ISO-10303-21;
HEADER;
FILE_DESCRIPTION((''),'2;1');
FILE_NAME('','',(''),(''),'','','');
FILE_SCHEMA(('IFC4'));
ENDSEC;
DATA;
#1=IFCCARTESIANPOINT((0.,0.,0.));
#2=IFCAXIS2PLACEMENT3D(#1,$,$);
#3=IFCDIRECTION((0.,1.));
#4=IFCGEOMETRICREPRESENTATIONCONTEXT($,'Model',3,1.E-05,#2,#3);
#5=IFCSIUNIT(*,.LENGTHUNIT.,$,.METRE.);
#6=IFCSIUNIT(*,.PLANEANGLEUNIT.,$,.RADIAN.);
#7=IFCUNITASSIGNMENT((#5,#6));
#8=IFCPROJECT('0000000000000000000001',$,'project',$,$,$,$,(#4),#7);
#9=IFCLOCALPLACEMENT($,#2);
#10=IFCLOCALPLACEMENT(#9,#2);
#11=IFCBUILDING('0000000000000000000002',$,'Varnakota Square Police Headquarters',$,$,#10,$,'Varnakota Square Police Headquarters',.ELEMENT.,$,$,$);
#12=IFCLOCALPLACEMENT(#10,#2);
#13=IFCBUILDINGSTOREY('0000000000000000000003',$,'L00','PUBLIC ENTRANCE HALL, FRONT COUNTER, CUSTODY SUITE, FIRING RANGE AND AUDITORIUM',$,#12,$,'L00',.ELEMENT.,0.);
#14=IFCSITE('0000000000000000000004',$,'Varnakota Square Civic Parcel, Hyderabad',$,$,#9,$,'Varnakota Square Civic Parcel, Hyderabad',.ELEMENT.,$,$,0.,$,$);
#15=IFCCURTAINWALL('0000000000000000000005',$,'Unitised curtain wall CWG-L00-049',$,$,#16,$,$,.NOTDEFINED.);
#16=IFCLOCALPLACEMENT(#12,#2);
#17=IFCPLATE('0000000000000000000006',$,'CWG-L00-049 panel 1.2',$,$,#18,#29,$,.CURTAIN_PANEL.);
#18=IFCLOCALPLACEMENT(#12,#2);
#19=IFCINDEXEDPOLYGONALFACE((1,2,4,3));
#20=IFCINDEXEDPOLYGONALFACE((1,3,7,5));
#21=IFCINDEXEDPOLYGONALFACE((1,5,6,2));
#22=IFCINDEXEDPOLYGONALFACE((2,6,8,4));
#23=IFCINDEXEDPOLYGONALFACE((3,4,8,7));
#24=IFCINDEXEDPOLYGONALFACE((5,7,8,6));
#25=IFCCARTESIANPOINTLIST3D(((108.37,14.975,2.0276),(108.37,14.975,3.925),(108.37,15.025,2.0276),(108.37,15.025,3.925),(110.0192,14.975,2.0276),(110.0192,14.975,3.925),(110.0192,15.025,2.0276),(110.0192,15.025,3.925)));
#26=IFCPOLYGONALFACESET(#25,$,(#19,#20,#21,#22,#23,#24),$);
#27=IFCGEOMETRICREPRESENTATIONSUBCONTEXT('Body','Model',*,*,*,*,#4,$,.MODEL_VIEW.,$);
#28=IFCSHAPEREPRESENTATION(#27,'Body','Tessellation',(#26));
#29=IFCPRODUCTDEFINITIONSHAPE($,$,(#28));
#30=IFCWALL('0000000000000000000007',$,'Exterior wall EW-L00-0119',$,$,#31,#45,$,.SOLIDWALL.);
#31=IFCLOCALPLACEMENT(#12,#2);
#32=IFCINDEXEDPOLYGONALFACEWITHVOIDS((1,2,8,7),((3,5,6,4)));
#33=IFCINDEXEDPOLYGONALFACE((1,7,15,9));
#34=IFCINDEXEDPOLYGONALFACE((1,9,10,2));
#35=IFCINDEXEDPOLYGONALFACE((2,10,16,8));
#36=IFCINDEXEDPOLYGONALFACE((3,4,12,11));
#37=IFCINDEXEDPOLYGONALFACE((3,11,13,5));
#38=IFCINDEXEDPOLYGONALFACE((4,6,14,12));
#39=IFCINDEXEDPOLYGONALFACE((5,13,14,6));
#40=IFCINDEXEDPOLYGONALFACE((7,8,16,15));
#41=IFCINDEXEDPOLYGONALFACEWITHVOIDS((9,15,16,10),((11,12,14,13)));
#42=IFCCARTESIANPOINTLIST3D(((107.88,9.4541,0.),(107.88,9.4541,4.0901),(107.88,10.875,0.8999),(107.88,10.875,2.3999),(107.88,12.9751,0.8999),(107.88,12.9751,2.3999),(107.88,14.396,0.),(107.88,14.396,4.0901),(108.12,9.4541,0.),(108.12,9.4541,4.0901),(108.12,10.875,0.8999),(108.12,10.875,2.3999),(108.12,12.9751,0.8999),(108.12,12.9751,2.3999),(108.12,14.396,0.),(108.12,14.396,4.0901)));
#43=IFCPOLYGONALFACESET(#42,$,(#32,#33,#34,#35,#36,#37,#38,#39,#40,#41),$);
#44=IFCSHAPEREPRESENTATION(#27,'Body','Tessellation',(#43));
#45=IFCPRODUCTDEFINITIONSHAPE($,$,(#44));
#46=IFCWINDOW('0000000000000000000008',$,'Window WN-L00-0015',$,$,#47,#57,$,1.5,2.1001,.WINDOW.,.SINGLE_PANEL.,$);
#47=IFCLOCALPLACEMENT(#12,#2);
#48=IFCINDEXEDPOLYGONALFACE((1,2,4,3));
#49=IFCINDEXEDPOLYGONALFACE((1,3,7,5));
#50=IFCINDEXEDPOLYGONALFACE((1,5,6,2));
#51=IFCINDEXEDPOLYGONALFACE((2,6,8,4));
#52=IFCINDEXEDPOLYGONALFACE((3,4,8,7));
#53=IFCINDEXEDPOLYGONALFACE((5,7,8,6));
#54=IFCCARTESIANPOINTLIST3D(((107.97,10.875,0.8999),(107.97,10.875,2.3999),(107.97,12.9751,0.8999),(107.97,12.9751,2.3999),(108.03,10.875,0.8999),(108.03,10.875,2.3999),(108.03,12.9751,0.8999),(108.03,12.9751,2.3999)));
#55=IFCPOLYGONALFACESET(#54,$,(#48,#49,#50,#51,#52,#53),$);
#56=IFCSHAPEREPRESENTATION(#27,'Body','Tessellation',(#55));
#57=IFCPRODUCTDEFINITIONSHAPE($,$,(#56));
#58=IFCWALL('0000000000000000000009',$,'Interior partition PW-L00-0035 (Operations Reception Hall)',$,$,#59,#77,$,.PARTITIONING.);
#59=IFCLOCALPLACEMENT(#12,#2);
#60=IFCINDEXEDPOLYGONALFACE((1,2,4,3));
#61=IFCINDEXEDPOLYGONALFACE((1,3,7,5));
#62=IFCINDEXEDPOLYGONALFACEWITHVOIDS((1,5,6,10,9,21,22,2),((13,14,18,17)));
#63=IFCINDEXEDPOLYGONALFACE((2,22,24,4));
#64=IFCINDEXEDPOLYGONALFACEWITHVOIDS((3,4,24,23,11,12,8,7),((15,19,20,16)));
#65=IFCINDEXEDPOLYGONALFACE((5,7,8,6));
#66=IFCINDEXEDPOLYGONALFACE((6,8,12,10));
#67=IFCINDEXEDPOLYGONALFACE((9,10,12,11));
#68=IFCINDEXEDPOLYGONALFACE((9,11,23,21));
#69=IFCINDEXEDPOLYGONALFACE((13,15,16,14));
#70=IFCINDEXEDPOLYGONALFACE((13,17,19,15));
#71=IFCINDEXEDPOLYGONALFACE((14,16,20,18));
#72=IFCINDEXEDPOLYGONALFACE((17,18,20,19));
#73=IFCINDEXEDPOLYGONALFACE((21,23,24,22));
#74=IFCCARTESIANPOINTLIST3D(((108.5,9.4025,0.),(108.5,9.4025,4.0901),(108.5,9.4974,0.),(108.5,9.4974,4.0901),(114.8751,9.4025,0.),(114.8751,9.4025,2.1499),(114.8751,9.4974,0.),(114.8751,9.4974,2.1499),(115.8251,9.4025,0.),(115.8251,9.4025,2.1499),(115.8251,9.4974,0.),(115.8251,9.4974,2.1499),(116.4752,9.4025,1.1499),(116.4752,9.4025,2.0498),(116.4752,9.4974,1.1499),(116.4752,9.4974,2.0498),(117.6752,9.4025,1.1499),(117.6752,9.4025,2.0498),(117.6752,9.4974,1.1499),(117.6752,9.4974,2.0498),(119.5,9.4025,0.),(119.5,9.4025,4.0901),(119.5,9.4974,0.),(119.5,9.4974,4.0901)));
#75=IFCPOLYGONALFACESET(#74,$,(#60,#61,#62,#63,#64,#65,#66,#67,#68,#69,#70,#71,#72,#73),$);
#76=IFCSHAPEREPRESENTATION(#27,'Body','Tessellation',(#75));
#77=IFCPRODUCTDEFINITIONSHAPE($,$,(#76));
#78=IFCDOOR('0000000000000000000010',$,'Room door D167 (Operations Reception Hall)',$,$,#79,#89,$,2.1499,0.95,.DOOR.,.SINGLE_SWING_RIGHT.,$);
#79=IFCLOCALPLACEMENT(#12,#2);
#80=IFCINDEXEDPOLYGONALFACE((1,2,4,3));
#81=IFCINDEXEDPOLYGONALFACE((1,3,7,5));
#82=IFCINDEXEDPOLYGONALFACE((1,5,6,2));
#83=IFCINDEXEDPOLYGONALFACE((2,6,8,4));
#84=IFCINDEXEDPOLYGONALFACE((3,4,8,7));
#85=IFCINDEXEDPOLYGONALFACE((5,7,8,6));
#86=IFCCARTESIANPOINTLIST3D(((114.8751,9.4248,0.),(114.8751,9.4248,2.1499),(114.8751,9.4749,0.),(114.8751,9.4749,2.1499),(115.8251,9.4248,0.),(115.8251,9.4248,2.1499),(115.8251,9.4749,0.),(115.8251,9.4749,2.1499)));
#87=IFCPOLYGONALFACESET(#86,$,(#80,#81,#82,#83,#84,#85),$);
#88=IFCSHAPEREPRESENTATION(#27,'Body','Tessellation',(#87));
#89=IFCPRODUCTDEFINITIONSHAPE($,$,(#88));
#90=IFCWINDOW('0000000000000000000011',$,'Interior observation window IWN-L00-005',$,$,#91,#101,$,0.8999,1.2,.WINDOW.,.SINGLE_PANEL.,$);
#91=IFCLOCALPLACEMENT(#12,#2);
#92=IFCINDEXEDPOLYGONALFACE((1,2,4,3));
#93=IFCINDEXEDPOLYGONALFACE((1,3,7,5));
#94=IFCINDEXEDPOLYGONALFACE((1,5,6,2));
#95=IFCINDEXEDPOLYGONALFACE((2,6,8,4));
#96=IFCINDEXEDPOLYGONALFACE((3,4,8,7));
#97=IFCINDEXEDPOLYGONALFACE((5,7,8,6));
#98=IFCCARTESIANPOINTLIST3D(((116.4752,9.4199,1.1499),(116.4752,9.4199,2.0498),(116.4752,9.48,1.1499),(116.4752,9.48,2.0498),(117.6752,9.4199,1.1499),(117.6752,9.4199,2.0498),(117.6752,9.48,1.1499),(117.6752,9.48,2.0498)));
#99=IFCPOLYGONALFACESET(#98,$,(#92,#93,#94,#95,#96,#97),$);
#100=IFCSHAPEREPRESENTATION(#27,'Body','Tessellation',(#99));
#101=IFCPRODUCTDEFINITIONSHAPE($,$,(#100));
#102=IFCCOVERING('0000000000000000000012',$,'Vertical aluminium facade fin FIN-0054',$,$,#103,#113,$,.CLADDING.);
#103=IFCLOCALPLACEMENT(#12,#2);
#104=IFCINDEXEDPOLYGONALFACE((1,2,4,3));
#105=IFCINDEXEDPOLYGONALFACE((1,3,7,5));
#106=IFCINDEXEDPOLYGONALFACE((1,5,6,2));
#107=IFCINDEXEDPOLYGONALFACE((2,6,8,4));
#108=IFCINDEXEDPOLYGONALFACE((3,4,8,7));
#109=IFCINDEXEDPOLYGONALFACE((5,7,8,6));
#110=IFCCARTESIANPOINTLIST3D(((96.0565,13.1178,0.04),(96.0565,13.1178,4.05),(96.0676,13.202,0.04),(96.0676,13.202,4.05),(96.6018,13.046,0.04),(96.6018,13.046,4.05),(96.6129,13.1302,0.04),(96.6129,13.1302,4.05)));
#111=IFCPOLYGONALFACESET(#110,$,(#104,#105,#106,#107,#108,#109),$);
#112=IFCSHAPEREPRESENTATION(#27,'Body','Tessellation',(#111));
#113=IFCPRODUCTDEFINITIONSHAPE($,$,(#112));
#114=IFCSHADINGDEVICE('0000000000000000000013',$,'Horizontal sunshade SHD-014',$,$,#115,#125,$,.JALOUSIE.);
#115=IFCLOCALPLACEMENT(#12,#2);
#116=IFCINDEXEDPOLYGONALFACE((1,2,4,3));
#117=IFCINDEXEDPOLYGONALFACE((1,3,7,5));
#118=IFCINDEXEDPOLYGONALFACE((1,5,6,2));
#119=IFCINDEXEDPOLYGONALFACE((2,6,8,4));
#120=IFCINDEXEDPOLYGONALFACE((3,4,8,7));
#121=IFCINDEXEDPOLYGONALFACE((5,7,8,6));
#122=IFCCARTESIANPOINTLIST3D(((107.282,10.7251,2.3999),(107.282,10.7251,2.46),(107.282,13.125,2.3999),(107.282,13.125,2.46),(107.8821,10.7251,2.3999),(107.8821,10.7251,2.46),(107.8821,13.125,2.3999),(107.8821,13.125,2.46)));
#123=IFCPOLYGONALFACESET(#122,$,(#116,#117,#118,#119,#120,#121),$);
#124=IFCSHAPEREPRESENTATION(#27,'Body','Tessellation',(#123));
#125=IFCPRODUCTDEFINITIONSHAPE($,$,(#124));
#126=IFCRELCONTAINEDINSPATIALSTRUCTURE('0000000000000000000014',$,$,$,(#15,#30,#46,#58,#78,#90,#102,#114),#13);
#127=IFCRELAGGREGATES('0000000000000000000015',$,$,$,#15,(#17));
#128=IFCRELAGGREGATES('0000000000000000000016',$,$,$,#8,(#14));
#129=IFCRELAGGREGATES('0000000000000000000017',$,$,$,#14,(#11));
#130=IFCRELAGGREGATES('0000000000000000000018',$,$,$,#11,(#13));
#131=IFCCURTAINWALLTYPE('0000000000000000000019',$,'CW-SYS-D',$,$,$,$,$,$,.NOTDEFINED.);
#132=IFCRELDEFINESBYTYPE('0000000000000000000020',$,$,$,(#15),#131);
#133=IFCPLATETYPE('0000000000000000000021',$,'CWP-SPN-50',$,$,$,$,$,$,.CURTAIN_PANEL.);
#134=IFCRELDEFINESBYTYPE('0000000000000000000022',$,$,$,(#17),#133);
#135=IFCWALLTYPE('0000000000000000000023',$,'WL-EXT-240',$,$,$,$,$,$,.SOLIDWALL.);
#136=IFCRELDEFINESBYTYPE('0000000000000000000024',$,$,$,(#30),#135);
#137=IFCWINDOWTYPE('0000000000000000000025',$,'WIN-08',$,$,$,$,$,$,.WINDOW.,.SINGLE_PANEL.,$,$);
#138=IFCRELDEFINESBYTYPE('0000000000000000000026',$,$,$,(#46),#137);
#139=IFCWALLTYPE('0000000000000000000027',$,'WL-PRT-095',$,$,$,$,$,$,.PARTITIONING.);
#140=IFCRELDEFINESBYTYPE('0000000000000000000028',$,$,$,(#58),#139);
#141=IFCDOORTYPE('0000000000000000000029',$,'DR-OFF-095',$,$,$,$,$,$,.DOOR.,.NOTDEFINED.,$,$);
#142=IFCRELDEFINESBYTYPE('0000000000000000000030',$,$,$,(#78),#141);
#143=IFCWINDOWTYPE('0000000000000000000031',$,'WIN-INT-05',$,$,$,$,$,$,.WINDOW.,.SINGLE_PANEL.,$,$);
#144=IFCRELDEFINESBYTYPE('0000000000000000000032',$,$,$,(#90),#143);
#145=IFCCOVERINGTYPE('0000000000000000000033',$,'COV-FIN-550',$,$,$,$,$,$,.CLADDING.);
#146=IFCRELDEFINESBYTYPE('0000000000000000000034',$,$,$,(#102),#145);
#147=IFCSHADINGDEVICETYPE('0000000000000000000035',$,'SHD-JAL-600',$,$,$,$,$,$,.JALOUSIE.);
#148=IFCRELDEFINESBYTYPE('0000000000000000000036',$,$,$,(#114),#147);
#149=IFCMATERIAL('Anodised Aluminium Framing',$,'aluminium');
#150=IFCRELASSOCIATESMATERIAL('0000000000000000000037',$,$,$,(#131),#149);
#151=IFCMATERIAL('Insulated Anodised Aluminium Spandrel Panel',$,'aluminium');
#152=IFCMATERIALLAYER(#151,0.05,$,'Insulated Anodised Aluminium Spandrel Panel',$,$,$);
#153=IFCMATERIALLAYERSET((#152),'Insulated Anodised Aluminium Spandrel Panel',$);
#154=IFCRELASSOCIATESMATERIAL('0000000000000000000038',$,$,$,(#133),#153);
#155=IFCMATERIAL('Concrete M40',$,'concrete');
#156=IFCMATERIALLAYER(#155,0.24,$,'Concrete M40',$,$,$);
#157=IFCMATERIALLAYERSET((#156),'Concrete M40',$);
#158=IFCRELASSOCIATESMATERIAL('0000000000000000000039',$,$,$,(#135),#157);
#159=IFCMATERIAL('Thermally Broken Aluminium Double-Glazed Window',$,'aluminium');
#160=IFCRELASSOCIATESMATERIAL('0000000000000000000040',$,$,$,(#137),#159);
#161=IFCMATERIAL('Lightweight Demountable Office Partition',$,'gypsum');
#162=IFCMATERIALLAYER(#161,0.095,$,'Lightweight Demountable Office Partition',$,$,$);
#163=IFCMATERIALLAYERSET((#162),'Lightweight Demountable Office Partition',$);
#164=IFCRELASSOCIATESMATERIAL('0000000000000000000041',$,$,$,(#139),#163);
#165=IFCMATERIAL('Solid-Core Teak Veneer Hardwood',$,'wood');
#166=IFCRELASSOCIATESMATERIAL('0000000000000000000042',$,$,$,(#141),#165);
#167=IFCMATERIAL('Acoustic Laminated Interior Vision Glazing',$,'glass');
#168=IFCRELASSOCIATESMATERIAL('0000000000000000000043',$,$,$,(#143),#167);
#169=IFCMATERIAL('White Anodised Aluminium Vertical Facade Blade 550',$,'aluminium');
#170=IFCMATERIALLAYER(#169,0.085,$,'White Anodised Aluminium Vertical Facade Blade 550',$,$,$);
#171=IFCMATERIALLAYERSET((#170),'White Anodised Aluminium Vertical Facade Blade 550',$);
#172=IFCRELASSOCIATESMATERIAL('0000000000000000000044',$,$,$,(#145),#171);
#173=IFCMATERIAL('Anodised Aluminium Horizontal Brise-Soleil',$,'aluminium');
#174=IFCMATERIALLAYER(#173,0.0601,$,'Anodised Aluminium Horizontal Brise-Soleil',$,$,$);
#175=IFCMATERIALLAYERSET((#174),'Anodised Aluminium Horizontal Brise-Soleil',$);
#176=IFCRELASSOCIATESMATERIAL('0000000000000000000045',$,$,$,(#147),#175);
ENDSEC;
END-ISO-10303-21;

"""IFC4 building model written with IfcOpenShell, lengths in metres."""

from ifc_helpers import new_model, si_unit, direction, frame, frame_2d, origin, origin_2d, place, context, subcontext, project, spatial, rectangle, extrude, material, layer, layer_set, type_object, element, fill, aggregate, save


model = new_model("IFC4")

# Units and contexts
model_context = context("Model", 3, precision=1e-05, world=origin(), true_north=direction((0.0, 1.0)))
body_context = subcontext(model_context, "Body", "Model", "MODEL_VIEW")
ifc_project = project(units=[si_unit("LENGTHUNIT", "METRE"), si_unit("PLANEANGLEUNIT", "RADIAN")], contexts=[model_context])

# Site, building, storey
site_placement = place(None, origin())
site = spatial("IfcSite", under=ifc_project, at=site_placement, Name="Varnakota Square Civic Parcel, Hyderabad", LongName="Varnakota Square Civic Parcel, Hyderabad", CompositionType="ELEMENT", RefElevation=0.0)
building_placement = place(site_placement, origin())
building = spatial("IfcBuilding", under=site, at=building_placement, Name="Varnakota Square Police Headquarters", LongName="Varnakota Square Police Headquarters", CompositionType="ELEMENT")
storey_placement = place(building_placement, origin())
storey = spatial("IfcBuildingStorey", under=building, at=storey_placement, Name="L00", Description="PUBLIC ENTRANCE HALL, FRONT COUNTER, CUSTODY SUITE, FIRING RANGE AND AUDITORIUM", LongName="L00", CompositionType="ELEMENT", Elevation=0.0)

# Shared definitions
ifc_material_1 = material(Name="Concrete M40", Category="concrete")

# Curtain wall, plate
ifc_material_2 = material(Name="Anodised Aluminium Framing", Category="aluminium")
curtain_wall_type = type_object("IfcCurtainWallType", Name="CW-SYS-D", PredefinedType="NOTDEFINED", material=ifc_material_2)
curtain_wall_placement = place(storey_placement, origin())
curtain_wall = element("IfcCurtainWall", 1, at=curtain_wall_placement, inside=storey, type_object=curtain_wall_type, Name="Unitised curtain wall CWG-L00-049", PredefinedType="NOTDEFINED")
ifc_material_3 = material(Name="Insulated Anodised Aluminium Spandrel Panel", Category="aluminium")
ifc_layer_1 = layer(ifc_material_3, 0.05, Name="Insulated Anodised Aluminium Spandrel Panel")
ifc_layer_set_1 = layer_set([ifc_layer_1], Name="Insulated Anodised Aluminium Spandrel Panel")
plate_type_1 = type_object("IfcPlateType", Name="CWP-SPN-50", PredefinedType="CURTAIN_PANEL", material=ifc_layer_set_1)
plate_1_placement = place(storey_placement, frame((109.1946, 15.0, 2.0276), z_axis=(0.0, 0.0, 1.0), x_axis=(1.0, 0.0, 0.0)))
plate_1 = element("IfcPlate", 2, at=plate_1_placement, type_object=plate_type_1, Name="CWG-L00-049 panel 1.2", PredefinedType="CURTAIN_PANEL", context=body_context, shape_type="SweptSolid", body=[
    extrude(rectangle(XDim=1.6492, YDim=0.05, at=origin_2d()), origin(), (0.0, 0.0, 1.0), 1.8975),
])
aggregate(curtain_wall, [plate_1])

# Wall, opening, window
ifc_layer_2 = layer(ifc_material_1, 0.24, Name="Concrete M40")
ifc_layer_set_2 = layer_set([ifc_layer_2], Name="Concrete M40")
wall_type_1 = type_object("IfcWallType", Name="WL-EXT-240", PredefinedType="SOLIDWALL", material=ifc_layer_set_2)
wall_1_placement = place(storey_placement, frame((108.0, 9.4541, 0.0), z_axis=(0.0, 0.0, 1.0), x_axis=(0.0, 1.0, 0.0)))
wall_1 = element("IfcWall", 3, at=wall_1_placement, inside=storey, type_object=wall_type_1, Name="Exterior wall EW-L00-0119", PredefinedType="SOLIDWALL", context=body_context, shape_type="SweptSolid", body=[
    extrude(rectangle(XDim=4.9419, YDim=0.24, at=frame_2d((2.4709, 0.0))), origin(), (0.0, 0.0, 1.0), 4.0901),
])
opening_1_placement = place(wall_1_placement, frame((1.4209, 0.0, 0.8999)))
opening_1 = element("IfcOpeningElement", 4, at=opening_1_placement, cuts=wall_1, PredefinedType="OPENING", context=body_context, shape_type="SweptSolid", body=[
    extrude(rectangle(XDim=2.1001, YDim=1.5, at=frame_2d((1.05, 0.75))), frame((0.0, 0.1299, 0.0), z_axis=(0.0, -1.0, 0.0), x_axis=(1.0, 0.0, 0.0)), (0.0, 0.0, 1.0), 0.26),
])
ifc_material_4 = material(Name="Thermally Broken Aluminium Double-Glazed Window", Category="aluminium")
window_type_1 = type_object("IfcWindowType", Name="WIN-08", PartitioningType="SINGLE_PANEL", PredefinedType="WINDOW", material=ifc_material_4)
window_1_placement = place(opening_1_placement, origin())
window_1 = element("IfcWindow", 5, at=window_1_placement, inside=storey, type_object=window_type_1, Name="Window WN-L00-0015", OverallHeight=1.5, OverallWidth=2.1001, PartitioningType="SINGLE_PANEL", PredefinedType="WINDOW", context=body_context, shape_type="SweptSolid", body=[
    extrude(rectangle(XDim=2.1001, YDim=1.5, at=frame_2d((1.05, 0.75))), frame((0.0, 0.03, 0.0), z_axis=(0.0, -1.0, 0.0), x_axis=(1.0, 0.0, 0.0)), (0.0, 0.0, 1.0), 0.0601),
])
fill(opening_1, window_1)

# Wall, openings, door, window
ifc_material_5 = material(Name="Lightweight Demountable Office Partition", Category="gypsum")
ifc_layer_3 = layer(ifc_material_5, 0.095, Name="Lightweight Demountable Office Partition")
ifc_layer_set_3 = layer_set([ifc_layer_3], Name="Lightweight Demountable Office Partition")
wall_type_2 = type_object("IfcWallType", Name="WL-PRT-095", PredefinedType="PARTITIONING", material=ifc_layer_set_3)
wall_2_placement = place(storey_placement, frame((108.5, 9.45, 0.0), z_axis=(0.0, 0.0, 1.0), x_axis=(1.0, 0.0, 0.0)))
wall_2 = element("IfcWall", 6, at=wall_2_placement, inside=storey, type_object=wall_type_2, Name="Interior partition PW-L00-0035 (Operations Reception Hall)", PredefinedType="PARTITIONING", context=body_context, shape_type="SweptSolid", body=[
    extrude(rectangle(XDim=11.0, YDim=0.095, at=frame_2d((5.5, 0.0))), origin(), (0.0, 0.0, 1.0), 4.0901),
])
opening_2_placement = place(wall_2_placement, frame((6.375, 0.0, 0.0)))
opening_2 = element("IfcOpeningElement", 7, at=opening_2_placement, cuts=wall_2, PredefinedType="OPENING", context=body_context, shape_type="SweptSolid", body=[
    extrude(rectangle(XDim=0.95, YDim=2.1499, at=frame_2d((0.4751, 1.075))), frame((0.0, 0.0574, 0.0), z_axis=(0.0, -1.0, 0.0), x_axis=(1.0, 0.0, 0.0)), (0.0, 0.0, 1.0), 0.115),
])
opening_3_placement = place(wall_2_placement, frame((7.9751, 0.0, 1.1499)))
opening_3 = element("IfcOpeningElement", 8, at=opening_3_placement, cuts=wall_2, PredefinedType="OPENING", context=body_context, shape_type="SweptSolid", body=[
    extrude(rectangle(XDim=1.2, YDim=0.8999, at=frame_2d((0.6001, 0.45))), frame((0.0, 0.0574, 0.0), z_axis=(0.0, -1.0, 0.0), x_axis=(1.0, 0.0, 0.0)), (0.0, 0.0, 1.0), 0.115),
])
ifc_material_6 = material(Name="Solid-Core Teak Veneer Hardwood", Category="wood")
door_type = type_object("IfcDoorType", Name="DR-OFF-095", OperationType="NOTDEFINED", PredefinedType="DOOR", material=ifc_material_6)
door_placement = place(opening_2_placement, origin())
door = element("IfcDoor", 9, at=door_placement, inside=storey, type_object=door_type, Name="Room door D167 (Operations Reception Hall)", OperationType="SINGLE_SWING_RIGHT", OverallHeight=2.1499, OverallWidth=0.95, PredefinedType="DOOR", context=body_context, shape_type="SweptSolid", body=[
    extrude(rectangle(XDim=0.95, YDim=2.1499, at=frame_2d((0.4751, 1.075))), frame((0.0, 0.0249, 0.0), z_axis=(0.0, -1.0, 0.0), x_axis=(1.0, 0.0, 0.0)), (0.0, 0.0, 1.0), 0.05),
])
fill(opening_2, door)
ifc_material_7 = material(Name="Acoustic Laminated Interior Vision Glazing", Category="glass")
window_type_2 = type_object("IfcWindowType", Name="WIN-INT-05", PartitioningType="SINGLE_PANEL", PredefinedType="WINDOW", material=ifc_material_7)
window_2_placement = place(opening_3_placement, origin())
window_2 = element("IfcWindow", 10, at=window_2_placement, inside=storey, type_object=window_type_2, Name="Interior observation window IWN-L00-005", OverallHeight=0.8999, OverallWidth=1.2, PartitioningType="SINGLE_PANEL", PredefinedType="WINDOW", context=body_context, shape_type="SweptSolid", body=[
    extrude(rectangle(XDim=1.2, YDim=0.8999, at=frame_2d((0.6001, 0.45))), frame((0.0, 0.03, 0.0), z_axis=(0.0, -1.0, 0.0), x_axis=(1.0, 0.0, 0.0)), (0.0, 0.0, 1.0), 0.0601),
])
fill(opening_3, window_2)

# Covering
ifc_material_8 = material(Name="White Anodised Aluminium Vertical Facade Blade 550", Category="aluminium")
ifc_layer_4 = layer(ifc_material_8, 0.085, Name="White Anodised Aluminium Vertical Facade Blade 550")
ifc_layer_set_4 = layer_set([ifc_layer_4], Name="White Anodised Aluminium Vertical Facade Blade 550")
covering_type = type_object("IfcCoveringType", Name="COV-FIN-550", PredefinedType="CLADDING", material=ifc_layer_set_4)
covering_placement = place(storey_placement, frame((96.3347, 13.124, 0.04), z_axis=(0.0, 0.0, 1.0), x_axis=(0.130526, 0.991445, 0.0)))
element("IfcCovering", 11, at=covering_placement, inside=storey, type_object=covering_type, Name="Vertical aluminium facade fin FIN-0054", PredefinedType="CLADDING", context=body_context, shape_type="SweptSolid", body=[
    extrude(rectangle(XDim=0.085, YDim=0.55, at=origin_2d()), origin(), (0.0, 0.0, 1.0), 4.01),
])

# Shading device
ifc_material_9 = material(Name="Anodised Aluminium Horizontal Brise-Soleil", Category="aluminium")
ifc_layer_5 = layer(ifc_material_9, 0.0601, Name="Anodised Aluminium Horizontal Brise-Soleil")
ifc_layer_set_5 = layer_set([ifc_layer_5], Name="Anodised Aluminium Horizontal Brise-Soleil")
shading_device_type = type_object("IfcShadingDeviceType", Name="SHD-JAL-600", PredefinedType="JALOUSIE", material=ifc_layer_set_5)
shading_device_placement = place(storey_placement, frame((107.582, 11.925, 2.3999), z_axis=(0.0, 0.0, 1.0), x_axis=(0.0, 1.0, 0.0)))
element("IfcShadingDevice", 12, at=shading_device_placement, inside=storey, type_object=shading_device_type, Name="Horizontal sunshade SHD-014", PredefinedType="JALOUSIE", context=body_context, shape_type="SweptSolid", body=[
    extrude(rectangle(XDim=2.3999, YDim=0.6001, at=origin_2d()), origin(), (0.0, 0.0, 1.0), 0.0601),
])

save(model, "model.ifc")
